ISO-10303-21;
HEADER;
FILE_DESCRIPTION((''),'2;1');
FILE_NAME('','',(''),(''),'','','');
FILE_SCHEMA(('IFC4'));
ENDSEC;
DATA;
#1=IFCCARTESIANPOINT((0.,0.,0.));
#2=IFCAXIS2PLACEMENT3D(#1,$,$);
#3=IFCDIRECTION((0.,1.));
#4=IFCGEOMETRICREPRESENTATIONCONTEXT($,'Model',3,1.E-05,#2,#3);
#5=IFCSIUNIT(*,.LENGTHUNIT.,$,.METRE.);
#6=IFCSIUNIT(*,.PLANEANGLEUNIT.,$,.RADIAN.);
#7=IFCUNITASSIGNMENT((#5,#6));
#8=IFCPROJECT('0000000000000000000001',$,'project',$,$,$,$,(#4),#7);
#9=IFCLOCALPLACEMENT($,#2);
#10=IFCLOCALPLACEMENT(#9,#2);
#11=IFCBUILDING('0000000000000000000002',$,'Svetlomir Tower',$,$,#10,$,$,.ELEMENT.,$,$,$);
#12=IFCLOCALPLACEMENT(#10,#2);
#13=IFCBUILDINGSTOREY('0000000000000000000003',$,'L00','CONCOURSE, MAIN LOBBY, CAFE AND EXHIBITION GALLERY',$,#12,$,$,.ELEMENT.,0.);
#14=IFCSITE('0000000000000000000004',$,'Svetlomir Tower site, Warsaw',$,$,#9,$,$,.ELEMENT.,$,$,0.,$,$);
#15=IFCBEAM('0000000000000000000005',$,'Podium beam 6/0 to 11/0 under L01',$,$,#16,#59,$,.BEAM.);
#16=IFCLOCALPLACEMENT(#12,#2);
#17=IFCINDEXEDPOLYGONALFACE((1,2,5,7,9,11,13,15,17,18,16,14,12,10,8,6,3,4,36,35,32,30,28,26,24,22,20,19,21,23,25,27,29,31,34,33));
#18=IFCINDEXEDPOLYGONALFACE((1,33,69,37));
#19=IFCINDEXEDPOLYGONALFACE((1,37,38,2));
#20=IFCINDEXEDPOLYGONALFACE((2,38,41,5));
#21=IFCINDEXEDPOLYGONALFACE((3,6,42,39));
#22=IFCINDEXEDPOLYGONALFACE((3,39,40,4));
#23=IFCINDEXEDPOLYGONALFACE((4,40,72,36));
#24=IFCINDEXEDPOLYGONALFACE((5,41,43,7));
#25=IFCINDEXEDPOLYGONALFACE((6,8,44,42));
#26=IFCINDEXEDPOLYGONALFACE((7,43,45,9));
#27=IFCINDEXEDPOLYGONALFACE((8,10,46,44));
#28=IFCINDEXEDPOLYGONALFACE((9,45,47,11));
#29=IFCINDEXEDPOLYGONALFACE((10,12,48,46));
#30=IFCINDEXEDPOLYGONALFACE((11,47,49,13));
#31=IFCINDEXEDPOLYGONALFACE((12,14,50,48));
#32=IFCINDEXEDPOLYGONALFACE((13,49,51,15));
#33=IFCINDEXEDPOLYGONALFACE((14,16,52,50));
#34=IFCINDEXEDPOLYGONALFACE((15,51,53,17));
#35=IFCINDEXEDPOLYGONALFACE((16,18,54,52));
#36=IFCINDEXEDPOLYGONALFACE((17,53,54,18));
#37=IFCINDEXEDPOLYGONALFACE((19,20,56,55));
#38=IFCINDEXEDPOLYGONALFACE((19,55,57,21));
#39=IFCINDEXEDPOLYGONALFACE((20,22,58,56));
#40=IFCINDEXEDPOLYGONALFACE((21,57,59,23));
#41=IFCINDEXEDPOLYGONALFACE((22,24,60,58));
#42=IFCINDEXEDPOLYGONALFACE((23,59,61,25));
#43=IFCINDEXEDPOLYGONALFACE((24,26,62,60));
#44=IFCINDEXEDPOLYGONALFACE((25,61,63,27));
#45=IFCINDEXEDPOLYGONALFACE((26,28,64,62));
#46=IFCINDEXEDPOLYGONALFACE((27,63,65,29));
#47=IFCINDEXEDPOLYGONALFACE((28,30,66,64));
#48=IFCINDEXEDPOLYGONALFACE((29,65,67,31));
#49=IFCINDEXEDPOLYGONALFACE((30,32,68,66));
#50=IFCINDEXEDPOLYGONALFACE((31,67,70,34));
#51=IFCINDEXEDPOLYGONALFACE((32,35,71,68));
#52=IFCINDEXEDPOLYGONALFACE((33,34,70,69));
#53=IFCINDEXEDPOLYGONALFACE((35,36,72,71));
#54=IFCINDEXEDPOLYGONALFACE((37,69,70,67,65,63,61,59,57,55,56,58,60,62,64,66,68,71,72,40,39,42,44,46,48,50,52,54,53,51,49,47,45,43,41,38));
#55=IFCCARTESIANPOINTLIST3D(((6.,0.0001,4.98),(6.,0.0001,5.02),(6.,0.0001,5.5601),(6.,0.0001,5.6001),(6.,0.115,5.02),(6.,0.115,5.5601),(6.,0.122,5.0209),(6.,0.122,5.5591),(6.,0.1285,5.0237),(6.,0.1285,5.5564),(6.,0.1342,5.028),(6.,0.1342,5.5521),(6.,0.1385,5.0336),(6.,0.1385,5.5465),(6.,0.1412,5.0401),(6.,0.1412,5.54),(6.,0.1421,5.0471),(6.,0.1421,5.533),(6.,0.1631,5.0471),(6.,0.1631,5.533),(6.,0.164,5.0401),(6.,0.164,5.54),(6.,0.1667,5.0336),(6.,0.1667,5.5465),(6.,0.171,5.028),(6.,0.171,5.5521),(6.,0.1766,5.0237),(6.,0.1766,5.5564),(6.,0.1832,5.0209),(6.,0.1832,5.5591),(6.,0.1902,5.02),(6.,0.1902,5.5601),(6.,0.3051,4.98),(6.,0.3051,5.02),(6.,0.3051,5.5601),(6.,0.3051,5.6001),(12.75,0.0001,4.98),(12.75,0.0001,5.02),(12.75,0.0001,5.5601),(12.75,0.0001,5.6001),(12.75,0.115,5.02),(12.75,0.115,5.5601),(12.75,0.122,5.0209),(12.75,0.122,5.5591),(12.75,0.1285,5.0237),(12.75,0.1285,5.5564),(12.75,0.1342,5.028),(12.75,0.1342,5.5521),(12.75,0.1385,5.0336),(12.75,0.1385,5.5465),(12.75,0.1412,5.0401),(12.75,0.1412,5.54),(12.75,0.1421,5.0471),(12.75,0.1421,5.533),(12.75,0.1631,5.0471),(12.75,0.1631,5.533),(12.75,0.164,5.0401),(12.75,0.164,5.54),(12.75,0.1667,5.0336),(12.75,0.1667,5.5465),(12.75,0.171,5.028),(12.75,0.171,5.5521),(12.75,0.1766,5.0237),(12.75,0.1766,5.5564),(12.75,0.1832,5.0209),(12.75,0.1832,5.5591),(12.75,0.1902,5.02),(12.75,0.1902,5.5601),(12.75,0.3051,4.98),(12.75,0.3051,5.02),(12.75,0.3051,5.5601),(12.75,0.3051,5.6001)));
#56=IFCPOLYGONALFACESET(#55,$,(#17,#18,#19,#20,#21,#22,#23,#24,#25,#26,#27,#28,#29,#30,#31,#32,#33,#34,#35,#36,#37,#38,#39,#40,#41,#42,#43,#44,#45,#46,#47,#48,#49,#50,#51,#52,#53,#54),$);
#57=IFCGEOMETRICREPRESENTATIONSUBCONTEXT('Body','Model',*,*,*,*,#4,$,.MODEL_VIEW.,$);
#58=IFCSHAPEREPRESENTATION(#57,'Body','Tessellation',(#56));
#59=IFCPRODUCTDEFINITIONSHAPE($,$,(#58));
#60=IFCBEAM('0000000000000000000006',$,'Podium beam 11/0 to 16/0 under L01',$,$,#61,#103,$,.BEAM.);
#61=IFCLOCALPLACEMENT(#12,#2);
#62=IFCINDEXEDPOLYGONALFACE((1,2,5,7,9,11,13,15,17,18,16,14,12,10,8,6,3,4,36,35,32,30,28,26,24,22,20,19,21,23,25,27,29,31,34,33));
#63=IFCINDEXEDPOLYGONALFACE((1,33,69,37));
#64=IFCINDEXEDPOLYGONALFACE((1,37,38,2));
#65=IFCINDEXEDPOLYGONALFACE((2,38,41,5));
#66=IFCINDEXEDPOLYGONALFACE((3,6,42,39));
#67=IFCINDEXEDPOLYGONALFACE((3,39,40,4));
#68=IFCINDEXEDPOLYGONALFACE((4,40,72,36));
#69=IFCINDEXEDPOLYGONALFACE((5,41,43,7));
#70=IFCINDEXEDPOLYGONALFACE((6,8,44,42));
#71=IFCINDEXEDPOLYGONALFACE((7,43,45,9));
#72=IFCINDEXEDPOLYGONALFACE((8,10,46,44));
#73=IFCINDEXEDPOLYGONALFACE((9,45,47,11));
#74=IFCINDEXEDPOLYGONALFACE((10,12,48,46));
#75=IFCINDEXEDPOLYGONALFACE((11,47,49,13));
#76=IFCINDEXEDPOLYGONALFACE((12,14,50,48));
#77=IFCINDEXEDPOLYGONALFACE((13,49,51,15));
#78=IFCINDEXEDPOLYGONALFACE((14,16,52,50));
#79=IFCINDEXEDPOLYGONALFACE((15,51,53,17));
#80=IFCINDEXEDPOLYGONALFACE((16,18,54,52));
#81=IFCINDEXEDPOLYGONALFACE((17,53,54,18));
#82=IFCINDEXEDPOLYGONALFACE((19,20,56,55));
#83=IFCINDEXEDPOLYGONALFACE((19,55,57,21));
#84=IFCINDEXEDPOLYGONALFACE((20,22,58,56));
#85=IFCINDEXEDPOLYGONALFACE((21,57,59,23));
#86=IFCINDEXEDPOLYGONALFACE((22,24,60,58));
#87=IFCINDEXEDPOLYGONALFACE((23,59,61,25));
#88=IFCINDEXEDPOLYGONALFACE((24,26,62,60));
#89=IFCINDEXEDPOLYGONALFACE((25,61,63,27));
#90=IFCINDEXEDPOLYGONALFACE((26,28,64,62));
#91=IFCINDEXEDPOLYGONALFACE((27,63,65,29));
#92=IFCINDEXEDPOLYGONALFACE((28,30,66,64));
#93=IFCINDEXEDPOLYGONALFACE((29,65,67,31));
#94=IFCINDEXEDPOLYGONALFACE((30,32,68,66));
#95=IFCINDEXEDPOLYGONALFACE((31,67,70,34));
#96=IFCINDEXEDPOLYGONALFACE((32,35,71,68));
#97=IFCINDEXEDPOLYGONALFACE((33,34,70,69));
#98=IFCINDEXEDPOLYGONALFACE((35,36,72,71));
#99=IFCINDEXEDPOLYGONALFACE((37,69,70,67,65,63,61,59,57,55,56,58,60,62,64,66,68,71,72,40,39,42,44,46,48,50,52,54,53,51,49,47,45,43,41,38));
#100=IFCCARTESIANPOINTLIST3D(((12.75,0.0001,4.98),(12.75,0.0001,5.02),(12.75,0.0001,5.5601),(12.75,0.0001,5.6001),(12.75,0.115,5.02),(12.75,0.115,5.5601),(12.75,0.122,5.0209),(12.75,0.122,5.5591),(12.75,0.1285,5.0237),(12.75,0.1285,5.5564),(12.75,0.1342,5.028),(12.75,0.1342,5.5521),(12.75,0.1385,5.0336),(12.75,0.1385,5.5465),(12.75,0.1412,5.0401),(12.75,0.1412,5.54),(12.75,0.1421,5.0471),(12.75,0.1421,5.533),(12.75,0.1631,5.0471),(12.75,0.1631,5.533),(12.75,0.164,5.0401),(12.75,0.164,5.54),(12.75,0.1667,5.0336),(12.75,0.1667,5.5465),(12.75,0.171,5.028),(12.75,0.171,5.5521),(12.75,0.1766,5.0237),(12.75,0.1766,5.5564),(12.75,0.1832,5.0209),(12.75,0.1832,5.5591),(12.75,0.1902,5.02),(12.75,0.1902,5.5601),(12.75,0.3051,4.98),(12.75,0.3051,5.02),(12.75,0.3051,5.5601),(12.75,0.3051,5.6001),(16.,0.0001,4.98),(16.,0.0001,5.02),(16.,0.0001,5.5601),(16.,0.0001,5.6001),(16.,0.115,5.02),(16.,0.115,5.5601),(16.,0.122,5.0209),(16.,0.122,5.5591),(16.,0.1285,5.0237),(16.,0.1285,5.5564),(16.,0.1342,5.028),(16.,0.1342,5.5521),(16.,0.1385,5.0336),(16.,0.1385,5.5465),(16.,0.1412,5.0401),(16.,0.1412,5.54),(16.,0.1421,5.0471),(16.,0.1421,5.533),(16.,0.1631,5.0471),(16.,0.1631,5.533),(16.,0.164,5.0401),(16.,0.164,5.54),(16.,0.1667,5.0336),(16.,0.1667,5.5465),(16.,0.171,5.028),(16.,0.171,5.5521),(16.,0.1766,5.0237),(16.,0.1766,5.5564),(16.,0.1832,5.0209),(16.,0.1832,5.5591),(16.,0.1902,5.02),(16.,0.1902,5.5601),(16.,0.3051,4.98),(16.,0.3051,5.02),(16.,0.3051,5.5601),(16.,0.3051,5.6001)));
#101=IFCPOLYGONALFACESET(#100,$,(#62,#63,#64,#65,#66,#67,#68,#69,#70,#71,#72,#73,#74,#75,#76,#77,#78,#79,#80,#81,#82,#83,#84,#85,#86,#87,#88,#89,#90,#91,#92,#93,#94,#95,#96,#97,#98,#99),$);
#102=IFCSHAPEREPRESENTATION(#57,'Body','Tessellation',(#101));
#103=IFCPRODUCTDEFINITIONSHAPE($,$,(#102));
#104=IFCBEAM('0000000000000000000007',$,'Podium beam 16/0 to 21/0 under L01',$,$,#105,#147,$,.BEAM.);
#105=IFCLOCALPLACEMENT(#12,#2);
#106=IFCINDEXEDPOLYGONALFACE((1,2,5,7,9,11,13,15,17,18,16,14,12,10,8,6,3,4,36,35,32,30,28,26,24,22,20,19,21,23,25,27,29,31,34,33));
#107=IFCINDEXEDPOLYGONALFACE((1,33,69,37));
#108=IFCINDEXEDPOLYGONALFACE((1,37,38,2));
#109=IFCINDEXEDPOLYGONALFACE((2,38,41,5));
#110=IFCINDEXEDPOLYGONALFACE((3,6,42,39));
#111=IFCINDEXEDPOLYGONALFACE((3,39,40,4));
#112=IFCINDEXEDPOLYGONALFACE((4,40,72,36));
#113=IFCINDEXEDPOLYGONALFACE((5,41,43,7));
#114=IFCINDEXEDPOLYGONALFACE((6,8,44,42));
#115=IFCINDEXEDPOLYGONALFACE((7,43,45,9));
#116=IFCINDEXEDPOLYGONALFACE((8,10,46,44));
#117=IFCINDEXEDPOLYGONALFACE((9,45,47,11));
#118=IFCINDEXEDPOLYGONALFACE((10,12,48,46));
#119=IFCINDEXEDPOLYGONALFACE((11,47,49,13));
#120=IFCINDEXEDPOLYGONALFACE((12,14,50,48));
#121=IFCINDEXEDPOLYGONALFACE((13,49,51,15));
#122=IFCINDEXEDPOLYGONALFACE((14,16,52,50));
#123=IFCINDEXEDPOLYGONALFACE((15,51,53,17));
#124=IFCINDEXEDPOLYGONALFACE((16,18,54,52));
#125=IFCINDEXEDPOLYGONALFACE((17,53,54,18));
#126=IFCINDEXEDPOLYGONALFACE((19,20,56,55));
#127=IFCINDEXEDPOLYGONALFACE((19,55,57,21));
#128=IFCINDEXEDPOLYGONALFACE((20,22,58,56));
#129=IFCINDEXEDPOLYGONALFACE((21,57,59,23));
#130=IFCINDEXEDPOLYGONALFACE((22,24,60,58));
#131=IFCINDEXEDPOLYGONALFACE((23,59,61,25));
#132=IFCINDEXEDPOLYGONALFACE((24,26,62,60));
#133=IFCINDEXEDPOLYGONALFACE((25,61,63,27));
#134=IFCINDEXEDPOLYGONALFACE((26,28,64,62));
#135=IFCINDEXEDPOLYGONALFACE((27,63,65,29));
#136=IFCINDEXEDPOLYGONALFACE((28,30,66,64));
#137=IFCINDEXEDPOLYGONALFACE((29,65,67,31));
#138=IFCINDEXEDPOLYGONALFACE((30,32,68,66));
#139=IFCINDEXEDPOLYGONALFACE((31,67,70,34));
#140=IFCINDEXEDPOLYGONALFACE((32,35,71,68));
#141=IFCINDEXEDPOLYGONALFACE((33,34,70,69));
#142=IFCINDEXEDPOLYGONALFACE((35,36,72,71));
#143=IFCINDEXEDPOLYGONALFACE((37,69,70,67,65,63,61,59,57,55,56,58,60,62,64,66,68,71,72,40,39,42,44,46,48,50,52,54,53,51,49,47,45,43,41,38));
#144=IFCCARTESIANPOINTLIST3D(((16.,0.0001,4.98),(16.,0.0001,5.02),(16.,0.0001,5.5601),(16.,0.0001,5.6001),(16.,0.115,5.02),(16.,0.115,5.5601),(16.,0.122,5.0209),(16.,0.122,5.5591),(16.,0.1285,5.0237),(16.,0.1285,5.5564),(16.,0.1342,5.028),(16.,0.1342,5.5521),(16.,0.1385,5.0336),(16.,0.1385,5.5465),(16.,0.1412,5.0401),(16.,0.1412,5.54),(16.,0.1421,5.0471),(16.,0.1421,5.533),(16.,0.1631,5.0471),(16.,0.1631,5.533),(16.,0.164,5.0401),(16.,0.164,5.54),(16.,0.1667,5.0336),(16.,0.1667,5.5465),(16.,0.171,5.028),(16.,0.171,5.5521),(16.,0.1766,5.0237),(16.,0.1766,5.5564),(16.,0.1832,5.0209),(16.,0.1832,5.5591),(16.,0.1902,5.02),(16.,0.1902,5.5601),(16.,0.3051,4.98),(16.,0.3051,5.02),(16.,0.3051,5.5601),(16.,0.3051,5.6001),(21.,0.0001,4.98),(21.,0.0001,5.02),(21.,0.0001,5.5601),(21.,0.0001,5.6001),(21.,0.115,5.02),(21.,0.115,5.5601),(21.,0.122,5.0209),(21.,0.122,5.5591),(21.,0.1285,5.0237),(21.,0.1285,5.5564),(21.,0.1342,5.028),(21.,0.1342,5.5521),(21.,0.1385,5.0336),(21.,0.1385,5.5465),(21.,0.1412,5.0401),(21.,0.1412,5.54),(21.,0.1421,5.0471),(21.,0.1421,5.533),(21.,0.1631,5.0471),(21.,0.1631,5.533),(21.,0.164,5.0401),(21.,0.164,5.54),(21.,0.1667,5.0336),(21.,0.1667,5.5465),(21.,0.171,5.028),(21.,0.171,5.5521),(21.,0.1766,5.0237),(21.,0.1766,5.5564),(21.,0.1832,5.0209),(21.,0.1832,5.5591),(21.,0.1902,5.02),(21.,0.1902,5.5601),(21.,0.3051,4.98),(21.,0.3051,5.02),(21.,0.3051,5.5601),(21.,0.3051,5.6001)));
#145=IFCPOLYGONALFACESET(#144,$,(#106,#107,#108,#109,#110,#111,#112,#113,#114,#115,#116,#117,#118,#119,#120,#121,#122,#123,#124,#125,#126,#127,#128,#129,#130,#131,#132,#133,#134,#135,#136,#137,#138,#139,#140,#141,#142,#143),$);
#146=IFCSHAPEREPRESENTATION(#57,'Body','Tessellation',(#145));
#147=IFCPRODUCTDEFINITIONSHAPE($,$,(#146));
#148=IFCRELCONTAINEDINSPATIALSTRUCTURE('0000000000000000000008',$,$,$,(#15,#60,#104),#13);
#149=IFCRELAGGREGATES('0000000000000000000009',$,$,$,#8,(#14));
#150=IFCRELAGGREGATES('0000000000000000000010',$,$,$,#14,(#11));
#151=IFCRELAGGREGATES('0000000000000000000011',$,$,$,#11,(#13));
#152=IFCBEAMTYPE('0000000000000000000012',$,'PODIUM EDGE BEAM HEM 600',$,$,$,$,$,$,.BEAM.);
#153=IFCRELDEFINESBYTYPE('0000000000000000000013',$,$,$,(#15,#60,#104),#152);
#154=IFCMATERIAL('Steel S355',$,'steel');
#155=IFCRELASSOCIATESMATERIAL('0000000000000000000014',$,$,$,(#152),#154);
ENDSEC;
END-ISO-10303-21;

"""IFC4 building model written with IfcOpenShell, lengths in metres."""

from ifc_helpers import new_model, si_unit, direction, frame, origin, origin_2d, place, context, subcontext, project, spatial, i_section, extrude, material, material_profile, profile_set, type_object, element, save


model = new_model("IFC4")

# Units and contexts
model_context = context("Model", 3, precision=1e-05, world=origin(), true_north=direction((0.0, 1.0)))
body_context = subcontext(model_context, "Body", "Model", "MODEL_VIEW")
ifc_project = project(units=[si_unit("LENGTHUNIT", "METRE"), si_unit("PLANEANGLEUNIT", "RADIAN")], contexts=[model_context])

# Site, building, storey
site_placement = place(None, origin())
site = spatial("IfcSite", under=ifc_project, at=site_placement, Name="Svetlomir Tower site, Warsaw", CompositionType="ELEMENT", RefElevation=0.0)
building_placement = place(site_placement, origin())
building = spatial("IfcBuilding", under=site, at=building_placement, Name="Svetlomir Tower", CompositionType="ELEMENT")
storey_placement = place(building_placement, origin())
storey = spatial("IfcBuildingStorey", under=building, at=storey_placement, Name="L00", Description="CONCOURSE, MAIN LOBBY, CAFE AND EXHIBITION GALLERY", CompositionType="ELEMENT", Elevation=0.0)

# Beams
ifc_material_1 = material(Name="Steel S355", Category="steel")
ifc_material_profile_1 = material_profile(ifc_material_1, i_section(OverallWidth=0.3049, OverallDepth=0.6201, WebThickness=0.021, FlangeThickness=0.04, FilletRadius=0.0271, at=origin_2d()), Name="HEM 600")
ifc_profile_set_1 = profile_set([ifc_material_profile_1], Name="Steel S355")
beam_type_1 = type_object("IfcBeamType", Name="PODIUM EDGE BEAM HEM 600", PredefinedType="BEAM", material=ifc_profile_set_1)
beam_1_placement = place(storey_placement, frame((6.0, 0.1526, 5.29), z_axis=(1.0, 0.0, 0.0), x_axis=(0.0, 1.0, 0.0)))
element("IfcBeam", 1, at=beam_1_placement, inside=storey, type_object=beam_type_1, Name="Podium beam 6/0 to 11/0 under L01", PredefinedType="BEAM", context=body_context, shape_type="SweptSolid", body=[
    extrude(i_section(OverallWidth=0.3049, OverallDepth=0.6201, WebThickness=0.021, FlangeThickness=0.04, FilletRadius=0.0271, at=origin_2d()), origin(), (0.0, 0.0, 1.0), 6.75),
])
beam_2_placement = place(storey_placement, frame((12.75, 0.1526, 5.29), z_axis=(1.0, 0.0, 0.0), x_axis=(0.0, 1.0, 0.0)))
element("IfcBeam", 2, at=beam_2_placement, inside=storey, type_object=beam_type_1, Name="Podium beam 11/0 to 16/0 under L01", PredefinedType="BEAM", context=body_context, shape_type="SweptSolid", body=[
    extrude(i_section(OverallWidth=0.3049, OverallDepth=0.6201, WebThickness=0.021, FlangeThickness=0.04, FilletRadius=0.0271, at=origin_2d()), origin(), (0.0, 0.0, 1.0), 3.25),
])
beam_3_placement = place(storey_placement, frame((16.0, 0.1526, 5.29), z_axis=(1.0, 0.0, 0.0), x_axis=(0.0, 1.0, 0.0)))
element("IfcBeam", 3, at=beam_3_placement, inside=storey, type_object=beam_type_1, Name="Podium beam 16/0 to 21/0 under L01", PredefinedType="BEAM", context=body_context, shape_type="SweptSolid", body=[
    extrude(i_section(OverallWidth=0.3049, OverallDepth=0.6201, WebThickness=0.021, FlangeThickness=0.04, FilletRadius=0.0271, at=origin_2d()), origin(), (0.0, 0.0, 1.0), 5.0),
])

save(model, "model.ifc")
